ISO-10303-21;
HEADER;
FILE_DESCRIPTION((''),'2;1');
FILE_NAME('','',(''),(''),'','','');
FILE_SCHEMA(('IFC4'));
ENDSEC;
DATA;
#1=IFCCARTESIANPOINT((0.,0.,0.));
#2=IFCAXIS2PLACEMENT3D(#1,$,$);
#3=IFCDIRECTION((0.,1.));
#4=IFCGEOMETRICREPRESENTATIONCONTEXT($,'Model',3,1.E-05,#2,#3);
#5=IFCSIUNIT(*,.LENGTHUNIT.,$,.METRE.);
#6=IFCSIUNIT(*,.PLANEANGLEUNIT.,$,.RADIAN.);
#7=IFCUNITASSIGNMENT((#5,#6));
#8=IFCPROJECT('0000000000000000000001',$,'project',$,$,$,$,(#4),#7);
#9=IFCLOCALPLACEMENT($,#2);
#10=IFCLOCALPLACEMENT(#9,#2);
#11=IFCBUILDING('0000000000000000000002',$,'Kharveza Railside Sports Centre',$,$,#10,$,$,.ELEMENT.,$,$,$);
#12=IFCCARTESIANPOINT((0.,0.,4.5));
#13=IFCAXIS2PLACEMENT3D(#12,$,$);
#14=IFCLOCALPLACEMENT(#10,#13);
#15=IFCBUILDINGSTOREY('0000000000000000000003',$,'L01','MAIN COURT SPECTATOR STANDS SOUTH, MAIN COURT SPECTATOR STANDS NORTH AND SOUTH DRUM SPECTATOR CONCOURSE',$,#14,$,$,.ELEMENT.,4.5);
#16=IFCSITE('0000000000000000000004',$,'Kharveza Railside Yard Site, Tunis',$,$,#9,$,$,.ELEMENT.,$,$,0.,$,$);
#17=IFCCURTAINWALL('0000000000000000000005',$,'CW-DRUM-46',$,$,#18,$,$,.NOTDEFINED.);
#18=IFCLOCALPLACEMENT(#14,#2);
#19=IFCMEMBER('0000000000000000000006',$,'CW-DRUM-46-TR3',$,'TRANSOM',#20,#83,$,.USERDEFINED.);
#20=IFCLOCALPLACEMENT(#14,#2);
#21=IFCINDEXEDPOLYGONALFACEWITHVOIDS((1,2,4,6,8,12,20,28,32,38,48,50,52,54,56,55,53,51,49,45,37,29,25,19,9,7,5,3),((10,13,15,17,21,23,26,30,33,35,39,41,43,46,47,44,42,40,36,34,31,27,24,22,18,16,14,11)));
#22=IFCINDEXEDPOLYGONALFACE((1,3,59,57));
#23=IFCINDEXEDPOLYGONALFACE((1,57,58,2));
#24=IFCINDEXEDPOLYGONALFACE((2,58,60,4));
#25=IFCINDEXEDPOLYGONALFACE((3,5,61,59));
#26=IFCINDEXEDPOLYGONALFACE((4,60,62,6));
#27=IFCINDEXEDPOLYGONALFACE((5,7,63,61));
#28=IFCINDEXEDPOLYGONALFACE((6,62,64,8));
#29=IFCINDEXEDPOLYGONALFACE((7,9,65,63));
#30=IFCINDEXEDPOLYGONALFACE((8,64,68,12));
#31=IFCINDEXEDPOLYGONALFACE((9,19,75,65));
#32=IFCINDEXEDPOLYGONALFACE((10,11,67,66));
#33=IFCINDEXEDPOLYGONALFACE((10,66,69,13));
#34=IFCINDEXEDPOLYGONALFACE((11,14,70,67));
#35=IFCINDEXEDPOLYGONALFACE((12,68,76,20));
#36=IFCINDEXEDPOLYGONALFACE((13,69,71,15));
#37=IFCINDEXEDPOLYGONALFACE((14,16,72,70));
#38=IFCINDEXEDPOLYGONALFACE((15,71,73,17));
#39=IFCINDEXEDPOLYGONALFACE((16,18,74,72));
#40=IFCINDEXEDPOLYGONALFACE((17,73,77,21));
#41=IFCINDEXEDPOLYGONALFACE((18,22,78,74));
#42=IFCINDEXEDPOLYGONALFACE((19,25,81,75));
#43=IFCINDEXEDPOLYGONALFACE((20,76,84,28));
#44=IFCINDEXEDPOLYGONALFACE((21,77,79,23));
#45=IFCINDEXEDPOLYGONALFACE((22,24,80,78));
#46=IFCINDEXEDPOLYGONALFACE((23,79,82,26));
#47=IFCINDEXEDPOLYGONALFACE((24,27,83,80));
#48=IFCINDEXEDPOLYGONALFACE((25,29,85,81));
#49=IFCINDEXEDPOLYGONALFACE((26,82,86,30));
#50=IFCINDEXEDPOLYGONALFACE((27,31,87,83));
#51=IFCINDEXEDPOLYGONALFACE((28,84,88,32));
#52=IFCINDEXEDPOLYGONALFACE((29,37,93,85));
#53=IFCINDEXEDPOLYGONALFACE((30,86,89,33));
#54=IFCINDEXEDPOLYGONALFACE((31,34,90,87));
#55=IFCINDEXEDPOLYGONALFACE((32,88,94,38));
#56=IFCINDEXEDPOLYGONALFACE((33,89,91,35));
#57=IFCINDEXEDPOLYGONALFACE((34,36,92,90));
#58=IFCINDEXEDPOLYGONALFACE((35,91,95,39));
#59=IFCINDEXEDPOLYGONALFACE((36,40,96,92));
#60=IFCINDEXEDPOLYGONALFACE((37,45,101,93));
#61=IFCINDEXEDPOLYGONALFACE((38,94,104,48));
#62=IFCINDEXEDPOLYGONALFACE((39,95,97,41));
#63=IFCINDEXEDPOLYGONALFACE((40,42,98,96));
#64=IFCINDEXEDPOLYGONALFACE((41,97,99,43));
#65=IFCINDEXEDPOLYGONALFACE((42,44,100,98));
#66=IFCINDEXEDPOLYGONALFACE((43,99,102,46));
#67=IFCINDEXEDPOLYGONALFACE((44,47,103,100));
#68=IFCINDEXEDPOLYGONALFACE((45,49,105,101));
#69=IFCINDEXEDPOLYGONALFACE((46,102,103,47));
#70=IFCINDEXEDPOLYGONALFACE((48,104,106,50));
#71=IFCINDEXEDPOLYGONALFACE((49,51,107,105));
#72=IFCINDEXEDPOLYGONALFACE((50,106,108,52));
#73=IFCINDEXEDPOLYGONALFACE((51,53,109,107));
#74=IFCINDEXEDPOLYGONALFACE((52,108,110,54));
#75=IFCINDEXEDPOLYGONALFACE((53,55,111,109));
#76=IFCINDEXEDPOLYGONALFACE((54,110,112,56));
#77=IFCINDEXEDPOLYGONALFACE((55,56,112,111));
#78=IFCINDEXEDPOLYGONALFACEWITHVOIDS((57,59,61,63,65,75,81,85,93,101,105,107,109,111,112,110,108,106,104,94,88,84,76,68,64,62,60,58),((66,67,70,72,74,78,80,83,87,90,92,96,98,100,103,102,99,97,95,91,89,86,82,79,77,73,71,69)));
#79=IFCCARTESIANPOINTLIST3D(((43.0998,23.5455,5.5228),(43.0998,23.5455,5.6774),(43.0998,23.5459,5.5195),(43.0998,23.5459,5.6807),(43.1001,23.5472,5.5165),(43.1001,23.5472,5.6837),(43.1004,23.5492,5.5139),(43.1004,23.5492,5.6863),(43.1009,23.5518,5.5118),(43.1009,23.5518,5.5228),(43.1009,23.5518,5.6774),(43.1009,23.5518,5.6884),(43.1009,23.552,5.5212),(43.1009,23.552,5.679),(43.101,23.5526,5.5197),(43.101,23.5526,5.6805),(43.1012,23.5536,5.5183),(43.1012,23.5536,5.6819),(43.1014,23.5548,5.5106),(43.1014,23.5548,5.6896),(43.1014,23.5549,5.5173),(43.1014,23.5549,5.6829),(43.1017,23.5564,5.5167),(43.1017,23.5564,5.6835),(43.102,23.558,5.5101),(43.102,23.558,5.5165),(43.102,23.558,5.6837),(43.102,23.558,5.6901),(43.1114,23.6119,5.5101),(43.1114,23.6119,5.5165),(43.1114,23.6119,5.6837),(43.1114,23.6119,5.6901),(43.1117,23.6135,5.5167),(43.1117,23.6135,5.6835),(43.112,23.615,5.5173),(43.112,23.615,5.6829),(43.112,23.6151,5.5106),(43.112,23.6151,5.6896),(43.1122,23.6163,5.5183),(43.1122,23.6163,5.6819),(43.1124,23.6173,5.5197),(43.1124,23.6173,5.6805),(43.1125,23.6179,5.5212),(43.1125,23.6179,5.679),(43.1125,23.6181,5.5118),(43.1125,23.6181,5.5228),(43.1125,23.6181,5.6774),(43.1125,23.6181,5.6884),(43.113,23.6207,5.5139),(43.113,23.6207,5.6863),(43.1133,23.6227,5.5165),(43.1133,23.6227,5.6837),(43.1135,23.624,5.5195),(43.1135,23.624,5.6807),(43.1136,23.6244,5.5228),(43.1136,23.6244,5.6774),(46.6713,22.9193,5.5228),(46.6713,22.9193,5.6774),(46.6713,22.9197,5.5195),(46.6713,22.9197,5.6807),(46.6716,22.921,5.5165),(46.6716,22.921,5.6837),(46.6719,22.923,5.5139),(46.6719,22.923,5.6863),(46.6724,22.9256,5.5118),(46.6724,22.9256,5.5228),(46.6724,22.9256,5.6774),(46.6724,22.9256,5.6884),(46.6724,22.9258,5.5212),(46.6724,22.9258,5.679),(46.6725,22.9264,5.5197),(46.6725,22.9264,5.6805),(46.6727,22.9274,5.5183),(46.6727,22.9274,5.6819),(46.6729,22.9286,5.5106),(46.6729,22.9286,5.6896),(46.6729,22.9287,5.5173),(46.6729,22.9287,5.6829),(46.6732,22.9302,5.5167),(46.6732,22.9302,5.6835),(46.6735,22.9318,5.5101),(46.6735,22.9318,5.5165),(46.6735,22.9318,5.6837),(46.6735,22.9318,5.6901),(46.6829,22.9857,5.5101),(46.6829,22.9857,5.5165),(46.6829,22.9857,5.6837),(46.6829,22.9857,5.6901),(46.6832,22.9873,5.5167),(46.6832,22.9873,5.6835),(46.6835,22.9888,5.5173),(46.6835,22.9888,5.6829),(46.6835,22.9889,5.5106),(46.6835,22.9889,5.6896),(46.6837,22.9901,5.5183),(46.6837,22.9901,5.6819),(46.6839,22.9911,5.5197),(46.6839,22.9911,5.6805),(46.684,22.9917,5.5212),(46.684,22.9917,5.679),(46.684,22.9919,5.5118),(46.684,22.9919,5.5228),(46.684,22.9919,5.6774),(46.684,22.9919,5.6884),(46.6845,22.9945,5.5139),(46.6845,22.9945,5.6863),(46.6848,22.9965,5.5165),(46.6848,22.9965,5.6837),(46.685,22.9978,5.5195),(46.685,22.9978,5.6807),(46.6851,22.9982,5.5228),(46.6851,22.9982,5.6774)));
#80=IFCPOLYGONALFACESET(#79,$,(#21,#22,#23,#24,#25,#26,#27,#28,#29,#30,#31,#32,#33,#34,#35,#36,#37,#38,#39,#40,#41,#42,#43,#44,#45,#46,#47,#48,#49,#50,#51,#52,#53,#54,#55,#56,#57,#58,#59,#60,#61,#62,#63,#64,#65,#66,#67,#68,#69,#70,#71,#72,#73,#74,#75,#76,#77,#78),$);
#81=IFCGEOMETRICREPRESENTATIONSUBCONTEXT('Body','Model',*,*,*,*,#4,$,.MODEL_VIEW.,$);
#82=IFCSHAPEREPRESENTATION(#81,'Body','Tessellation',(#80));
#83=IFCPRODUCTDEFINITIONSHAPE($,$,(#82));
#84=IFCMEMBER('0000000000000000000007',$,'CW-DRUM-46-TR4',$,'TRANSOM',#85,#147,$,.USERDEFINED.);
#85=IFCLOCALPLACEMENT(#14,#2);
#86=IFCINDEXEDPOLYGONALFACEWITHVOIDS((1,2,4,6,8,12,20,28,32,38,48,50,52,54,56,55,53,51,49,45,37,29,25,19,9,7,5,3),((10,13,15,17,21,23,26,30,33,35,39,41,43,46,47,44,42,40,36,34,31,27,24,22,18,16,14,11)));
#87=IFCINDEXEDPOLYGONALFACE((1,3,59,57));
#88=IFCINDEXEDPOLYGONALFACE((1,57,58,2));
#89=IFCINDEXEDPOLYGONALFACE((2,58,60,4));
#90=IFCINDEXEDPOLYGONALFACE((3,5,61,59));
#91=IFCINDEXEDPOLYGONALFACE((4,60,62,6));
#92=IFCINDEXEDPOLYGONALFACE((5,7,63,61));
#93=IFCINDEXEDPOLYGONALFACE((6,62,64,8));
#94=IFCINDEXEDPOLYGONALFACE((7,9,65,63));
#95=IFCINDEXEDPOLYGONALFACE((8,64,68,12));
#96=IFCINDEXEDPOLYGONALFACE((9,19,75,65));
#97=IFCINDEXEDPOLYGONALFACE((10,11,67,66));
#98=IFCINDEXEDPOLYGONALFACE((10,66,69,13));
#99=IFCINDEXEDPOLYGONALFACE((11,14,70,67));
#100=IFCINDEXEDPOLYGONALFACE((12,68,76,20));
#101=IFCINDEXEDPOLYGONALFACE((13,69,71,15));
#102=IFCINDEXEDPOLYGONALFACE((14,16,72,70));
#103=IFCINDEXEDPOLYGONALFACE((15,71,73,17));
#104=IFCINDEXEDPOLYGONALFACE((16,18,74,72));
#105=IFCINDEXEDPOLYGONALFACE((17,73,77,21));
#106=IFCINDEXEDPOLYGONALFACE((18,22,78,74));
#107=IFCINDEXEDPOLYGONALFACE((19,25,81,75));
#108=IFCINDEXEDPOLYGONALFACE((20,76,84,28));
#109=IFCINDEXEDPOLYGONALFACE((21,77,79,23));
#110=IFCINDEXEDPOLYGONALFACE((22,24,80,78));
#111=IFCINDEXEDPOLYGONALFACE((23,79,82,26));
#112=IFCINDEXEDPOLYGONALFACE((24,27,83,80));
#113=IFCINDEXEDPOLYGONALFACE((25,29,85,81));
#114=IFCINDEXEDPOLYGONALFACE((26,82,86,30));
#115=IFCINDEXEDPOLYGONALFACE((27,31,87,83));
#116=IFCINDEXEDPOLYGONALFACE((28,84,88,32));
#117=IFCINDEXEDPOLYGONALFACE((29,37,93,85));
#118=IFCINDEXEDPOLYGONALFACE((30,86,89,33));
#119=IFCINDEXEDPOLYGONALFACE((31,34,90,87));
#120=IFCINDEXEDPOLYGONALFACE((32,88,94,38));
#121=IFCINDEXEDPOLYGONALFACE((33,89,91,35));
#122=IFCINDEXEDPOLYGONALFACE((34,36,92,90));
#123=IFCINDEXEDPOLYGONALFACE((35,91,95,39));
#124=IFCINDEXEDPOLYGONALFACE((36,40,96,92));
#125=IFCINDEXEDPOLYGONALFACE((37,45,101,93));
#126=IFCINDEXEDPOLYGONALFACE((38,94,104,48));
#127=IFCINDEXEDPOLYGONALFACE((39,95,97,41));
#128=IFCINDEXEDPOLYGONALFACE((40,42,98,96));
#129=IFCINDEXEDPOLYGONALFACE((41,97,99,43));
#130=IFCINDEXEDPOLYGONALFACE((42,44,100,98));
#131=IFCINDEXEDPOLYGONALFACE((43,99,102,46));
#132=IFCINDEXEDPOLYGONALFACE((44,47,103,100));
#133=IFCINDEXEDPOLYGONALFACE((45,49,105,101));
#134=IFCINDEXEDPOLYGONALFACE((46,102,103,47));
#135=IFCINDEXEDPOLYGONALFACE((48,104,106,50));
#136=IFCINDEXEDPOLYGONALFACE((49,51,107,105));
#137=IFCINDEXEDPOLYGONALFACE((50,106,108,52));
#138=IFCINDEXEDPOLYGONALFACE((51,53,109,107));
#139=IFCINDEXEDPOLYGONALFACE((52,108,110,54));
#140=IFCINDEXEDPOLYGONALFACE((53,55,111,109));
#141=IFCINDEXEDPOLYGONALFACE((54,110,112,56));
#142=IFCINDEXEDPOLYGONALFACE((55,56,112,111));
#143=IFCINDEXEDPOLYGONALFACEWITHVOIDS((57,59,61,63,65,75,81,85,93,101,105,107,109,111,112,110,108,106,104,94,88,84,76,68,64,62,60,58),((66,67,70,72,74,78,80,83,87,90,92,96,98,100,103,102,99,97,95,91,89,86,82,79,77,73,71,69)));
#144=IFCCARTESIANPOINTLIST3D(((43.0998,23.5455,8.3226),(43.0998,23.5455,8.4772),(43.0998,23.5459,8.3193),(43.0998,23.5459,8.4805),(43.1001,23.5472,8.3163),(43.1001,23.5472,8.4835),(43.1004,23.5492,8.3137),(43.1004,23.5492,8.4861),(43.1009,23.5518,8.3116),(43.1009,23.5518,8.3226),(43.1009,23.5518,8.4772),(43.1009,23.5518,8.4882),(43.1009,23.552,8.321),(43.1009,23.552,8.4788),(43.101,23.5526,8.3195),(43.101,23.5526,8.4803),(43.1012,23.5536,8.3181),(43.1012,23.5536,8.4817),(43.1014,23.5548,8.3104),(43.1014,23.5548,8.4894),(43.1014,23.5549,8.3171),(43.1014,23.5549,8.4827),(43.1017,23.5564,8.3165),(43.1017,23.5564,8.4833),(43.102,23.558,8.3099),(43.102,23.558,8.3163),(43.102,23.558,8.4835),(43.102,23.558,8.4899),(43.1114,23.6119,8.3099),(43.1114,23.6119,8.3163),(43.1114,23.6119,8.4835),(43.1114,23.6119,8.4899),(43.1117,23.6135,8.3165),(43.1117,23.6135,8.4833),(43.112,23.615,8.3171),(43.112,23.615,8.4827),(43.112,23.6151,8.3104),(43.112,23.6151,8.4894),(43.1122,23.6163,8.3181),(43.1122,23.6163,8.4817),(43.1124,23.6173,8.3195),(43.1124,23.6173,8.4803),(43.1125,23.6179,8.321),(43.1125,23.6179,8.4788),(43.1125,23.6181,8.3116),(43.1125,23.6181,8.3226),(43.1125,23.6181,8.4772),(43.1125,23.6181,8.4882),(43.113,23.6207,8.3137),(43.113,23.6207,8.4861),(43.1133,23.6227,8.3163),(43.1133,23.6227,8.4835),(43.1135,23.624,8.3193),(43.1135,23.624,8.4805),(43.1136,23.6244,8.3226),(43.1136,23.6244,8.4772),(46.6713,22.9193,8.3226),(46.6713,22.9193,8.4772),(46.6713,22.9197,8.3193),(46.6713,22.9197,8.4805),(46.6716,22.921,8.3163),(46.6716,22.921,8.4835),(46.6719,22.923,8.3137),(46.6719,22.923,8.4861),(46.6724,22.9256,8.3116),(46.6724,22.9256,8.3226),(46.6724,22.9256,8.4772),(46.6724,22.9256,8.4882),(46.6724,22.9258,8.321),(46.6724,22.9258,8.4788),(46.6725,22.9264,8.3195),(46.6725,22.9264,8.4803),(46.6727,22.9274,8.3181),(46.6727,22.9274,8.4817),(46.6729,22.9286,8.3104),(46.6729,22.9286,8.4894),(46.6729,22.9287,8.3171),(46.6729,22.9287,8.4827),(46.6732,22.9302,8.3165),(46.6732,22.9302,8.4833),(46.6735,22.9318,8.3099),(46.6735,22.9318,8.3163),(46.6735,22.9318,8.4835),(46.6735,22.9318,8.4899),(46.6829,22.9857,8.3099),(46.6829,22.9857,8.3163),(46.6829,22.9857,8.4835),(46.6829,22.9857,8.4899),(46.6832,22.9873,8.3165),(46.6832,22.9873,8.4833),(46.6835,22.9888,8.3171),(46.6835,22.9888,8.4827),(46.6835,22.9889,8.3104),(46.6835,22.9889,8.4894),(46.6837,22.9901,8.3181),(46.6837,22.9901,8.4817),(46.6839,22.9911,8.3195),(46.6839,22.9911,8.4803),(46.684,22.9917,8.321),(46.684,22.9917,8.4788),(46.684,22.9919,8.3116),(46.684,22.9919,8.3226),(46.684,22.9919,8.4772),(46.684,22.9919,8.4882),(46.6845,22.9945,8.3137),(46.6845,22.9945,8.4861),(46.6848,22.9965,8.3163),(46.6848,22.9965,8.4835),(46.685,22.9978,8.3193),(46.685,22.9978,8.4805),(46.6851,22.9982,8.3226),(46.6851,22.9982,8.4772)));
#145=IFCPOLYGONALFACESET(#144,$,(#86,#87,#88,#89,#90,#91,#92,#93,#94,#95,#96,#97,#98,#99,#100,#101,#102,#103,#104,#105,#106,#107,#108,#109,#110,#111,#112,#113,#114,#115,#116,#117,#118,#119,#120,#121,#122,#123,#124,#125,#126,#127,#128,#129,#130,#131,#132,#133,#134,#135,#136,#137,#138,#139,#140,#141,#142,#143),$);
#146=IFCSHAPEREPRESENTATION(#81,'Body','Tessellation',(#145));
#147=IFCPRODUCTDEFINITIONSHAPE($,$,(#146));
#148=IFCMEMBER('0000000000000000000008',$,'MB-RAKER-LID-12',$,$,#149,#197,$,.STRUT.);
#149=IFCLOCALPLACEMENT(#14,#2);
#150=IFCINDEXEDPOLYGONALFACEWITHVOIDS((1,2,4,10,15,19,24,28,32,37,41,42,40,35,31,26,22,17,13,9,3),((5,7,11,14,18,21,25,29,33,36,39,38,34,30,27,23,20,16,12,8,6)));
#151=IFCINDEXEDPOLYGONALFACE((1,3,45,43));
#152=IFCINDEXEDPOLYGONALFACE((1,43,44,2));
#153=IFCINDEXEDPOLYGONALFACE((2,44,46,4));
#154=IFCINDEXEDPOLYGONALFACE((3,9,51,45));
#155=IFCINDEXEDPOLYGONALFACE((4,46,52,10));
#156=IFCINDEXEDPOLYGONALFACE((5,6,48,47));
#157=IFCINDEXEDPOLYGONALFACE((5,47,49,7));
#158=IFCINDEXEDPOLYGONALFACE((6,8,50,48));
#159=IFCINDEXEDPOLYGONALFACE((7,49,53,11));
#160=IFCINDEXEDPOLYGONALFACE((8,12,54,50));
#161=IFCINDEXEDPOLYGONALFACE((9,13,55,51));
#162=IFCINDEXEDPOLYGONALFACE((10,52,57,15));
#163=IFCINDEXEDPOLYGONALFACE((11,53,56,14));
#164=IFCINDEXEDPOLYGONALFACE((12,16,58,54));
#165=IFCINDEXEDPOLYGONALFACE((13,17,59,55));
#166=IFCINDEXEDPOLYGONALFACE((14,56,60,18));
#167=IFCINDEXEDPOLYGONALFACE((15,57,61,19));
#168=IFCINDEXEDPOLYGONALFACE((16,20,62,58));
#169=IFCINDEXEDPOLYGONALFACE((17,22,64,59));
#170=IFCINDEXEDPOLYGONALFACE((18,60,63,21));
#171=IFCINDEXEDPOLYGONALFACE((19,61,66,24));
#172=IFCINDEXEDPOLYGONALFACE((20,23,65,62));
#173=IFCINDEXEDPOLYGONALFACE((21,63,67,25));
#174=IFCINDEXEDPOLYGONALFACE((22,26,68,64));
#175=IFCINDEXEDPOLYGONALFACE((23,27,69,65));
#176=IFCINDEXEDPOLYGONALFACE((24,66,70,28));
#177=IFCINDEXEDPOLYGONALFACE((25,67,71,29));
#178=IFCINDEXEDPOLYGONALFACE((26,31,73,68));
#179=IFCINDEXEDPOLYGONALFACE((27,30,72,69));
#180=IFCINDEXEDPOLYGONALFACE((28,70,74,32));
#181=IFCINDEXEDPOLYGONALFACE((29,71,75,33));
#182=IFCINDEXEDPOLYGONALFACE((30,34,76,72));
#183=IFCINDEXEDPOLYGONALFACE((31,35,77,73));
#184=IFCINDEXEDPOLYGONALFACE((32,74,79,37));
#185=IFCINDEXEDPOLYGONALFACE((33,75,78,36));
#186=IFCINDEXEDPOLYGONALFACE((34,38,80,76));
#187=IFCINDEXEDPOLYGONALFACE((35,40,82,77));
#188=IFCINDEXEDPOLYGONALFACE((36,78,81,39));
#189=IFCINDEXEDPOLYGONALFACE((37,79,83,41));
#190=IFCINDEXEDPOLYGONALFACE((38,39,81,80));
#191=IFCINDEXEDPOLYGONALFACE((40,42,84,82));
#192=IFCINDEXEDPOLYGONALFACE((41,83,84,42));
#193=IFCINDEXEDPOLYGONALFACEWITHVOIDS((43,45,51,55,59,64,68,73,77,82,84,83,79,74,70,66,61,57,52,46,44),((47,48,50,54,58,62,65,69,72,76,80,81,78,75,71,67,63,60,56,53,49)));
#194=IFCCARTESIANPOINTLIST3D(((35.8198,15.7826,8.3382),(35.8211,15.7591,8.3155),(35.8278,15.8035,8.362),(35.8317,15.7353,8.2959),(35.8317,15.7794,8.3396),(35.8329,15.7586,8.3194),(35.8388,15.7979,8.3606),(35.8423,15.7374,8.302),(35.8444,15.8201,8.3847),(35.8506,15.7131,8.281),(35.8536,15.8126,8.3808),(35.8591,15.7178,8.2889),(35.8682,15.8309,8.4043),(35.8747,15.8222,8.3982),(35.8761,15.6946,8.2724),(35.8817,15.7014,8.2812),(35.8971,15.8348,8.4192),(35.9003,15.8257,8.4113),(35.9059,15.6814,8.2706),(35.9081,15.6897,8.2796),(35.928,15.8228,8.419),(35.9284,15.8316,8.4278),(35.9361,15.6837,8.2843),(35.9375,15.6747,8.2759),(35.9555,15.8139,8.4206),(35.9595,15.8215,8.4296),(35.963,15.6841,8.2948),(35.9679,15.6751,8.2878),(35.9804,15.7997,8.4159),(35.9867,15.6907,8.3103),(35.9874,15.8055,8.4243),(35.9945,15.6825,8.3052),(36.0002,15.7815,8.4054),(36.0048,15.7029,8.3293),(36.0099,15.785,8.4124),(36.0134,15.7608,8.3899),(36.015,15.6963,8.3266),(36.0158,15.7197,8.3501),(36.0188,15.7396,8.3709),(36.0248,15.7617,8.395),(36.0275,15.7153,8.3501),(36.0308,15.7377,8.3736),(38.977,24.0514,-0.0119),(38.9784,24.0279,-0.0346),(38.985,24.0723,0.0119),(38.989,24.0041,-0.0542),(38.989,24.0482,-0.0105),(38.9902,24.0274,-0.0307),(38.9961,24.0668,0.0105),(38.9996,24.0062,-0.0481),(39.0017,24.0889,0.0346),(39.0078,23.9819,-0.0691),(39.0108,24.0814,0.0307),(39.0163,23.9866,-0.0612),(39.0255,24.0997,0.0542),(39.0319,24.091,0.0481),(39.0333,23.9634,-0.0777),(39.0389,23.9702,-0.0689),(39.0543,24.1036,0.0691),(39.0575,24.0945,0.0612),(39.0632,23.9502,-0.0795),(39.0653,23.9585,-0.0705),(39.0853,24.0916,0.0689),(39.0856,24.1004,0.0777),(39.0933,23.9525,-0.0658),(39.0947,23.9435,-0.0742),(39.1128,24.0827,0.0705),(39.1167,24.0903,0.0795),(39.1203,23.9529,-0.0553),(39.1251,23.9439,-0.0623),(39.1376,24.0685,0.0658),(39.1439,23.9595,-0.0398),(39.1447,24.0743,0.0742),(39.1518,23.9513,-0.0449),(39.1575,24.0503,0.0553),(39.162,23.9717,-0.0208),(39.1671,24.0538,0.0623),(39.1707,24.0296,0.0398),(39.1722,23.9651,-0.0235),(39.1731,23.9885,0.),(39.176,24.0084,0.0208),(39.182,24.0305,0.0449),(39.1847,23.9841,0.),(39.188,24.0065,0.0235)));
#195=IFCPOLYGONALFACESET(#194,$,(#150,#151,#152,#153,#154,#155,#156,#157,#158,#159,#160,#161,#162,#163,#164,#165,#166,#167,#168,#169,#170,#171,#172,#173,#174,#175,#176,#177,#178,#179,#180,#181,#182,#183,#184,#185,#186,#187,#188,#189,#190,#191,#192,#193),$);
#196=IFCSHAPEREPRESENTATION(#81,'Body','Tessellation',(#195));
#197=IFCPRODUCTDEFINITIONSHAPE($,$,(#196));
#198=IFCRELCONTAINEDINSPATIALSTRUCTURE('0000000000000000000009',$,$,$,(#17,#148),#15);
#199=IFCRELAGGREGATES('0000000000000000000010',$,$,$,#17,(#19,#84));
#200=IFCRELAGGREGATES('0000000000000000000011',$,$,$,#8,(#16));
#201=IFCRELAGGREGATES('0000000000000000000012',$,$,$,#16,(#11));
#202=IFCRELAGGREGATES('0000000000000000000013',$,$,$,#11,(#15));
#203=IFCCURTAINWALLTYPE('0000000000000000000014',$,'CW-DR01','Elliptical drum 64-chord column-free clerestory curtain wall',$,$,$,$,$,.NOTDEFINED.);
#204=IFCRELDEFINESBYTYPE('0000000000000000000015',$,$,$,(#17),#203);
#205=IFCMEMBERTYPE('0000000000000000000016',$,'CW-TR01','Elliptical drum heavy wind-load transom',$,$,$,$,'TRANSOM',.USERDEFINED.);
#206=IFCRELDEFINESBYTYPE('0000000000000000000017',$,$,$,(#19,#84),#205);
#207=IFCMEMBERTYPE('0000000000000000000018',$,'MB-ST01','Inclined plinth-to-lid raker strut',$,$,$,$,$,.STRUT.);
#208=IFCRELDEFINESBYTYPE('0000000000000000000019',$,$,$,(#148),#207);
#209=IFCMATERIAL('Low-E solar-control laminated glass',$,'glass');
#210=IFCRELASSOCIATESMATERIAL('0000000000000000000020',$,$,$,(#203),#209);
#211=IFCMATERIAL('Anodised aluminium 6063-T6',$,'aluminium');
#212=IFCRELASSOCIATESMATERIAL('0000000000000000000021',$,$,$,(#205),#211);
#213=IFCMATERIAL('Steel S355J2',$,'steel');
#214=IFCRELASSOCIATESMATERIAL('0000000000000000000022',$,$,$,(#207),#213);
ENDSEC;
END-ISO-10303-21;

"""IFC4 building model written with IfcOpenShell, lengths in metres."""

from ifc_helpers import new_model, si_unit, direction, frame, origin, origin_2d, place, context, subcontext, project, spatial, hollow_rectangle, hollow_circle, extrude, material, material_profile, profile_set, type_object, element, aggregate, save


model = new_model("IFC4")

# Units and contexts
model_context = context("Model", 3, precision=1e-05, world=origin(), true_north=direction((0.0, 1.0)))
body_context = subcontext(model_context, "Body", "Model", "MODEL_VIEW")
ifc_project = project(units=[si_unit("LENGTHUNIT", "METRE"), si_unit("PLANEANGLEUNIT", "RADIAN")], contexts=[model_context])

# Site, building, storey
site_placement = place(None, origin())
site = spatial("IfcSite", under=ifc_project, at=site_placement, Name="Kharveza Railside Yard Site, Tunis", CompositionType="ELEMENT", RefElevation=0.0)
building_placement = place(site_placement, origin())
building = spatial("IfcBuilding", under=site, at=building_placement, Name="Kharveza Railside Sports Centre", CompositionType="ELEMENT")
storey_placement = place(building_placement, frame((0.0, 0.0, 4.5)))
storey = spatial("IfcBuildingStorey", under=building, at=storey_placement, Name="L01", Description="MAIN COURT SPECTATOR STANDS SOUTH, MAIN COURT SPECTATOR STANDS NORTH AND SOUTH DRUM SPECTATOR CONCOURSE", CompositionType="ELEMENT", Elevation=4.5)

# Shared definitions
ifc_material_1 = material(Name="Steel S355J2", Category="steel")

# Shared definitions
ifc_material_2 = material(Name="Low-E solar-control laminated glass", Category="glass")
curtain_wall_type = type_object("IfcCurtainWallType", Name="CW-DR01", Description="Elliptical drum 64-chord column-free clerestory curtain wall", PredefinedType="NOTDEFINED", material=ifc_material_2)
ifc_material_3 = material(Name="Anodised aluminium 6063-T6", Category="aluminium")

# Curtain wall
curtain_wall_1_placement = place(storey_placement, origin())
curtain_wall_1 = element("IfcCurtainWall", 1, at=curtain_wall_1_placement, inside=storey, type_object=curtain_wall_type, Name="CW-DRUM-46", PredefinedType="NOTDEFINED")

# Members
ifc_material_profile_1 = material_profile(ifc_material_3, hollow_rectangle(XDim=0.0801, YDim=0.1799, WallThickness=0.0063, InnerFilletRadius=0.0063, OuterFilletRadius=0.0127, at=origin_2d()), Name="RHS 80x180x6.3")
ifc_profile_set_1 = profile_set([ifc_material_profile_1], Name="Anodised aluminium 6063-T6")
member_type_1 = type_object("IfcMemberType", Name="CW-TR01", Description="Elliptical drum heavy wind-load transom", ElementType="TRANSOM", PredefinedType="USERDEFINED", material=ifc_profile_set_1)
member_1_placement = place(storey_placement, frame((43.1067, 23.585, 5.6001), z_axis=(0.984974, -0.172702, 0.0), x_axis=(0.172702, 0.984974, 0.0)))
member_1 = element("IfcMember", 2, at=member_1_placement, type_object=member_type_1, Name="CW-DRUM-46-TR3", ObjectType="TRANSOM", PredefinedType="USERDEFINED", context=body_context, shape_type="SweptSolid", body=[
    extrude(hollow_rectangle(XDim=0.0801, YDim=0.1799, WallThickness=0.0063, InnerFilletRadius=0.0063, OuterFilletRadius=0.0127, at=origin_2d()), origin(), (0.0, 0.0, 1.0), 3.626),
])
member_2_placement = place(storey_placement, frame((43.1067, 23.585, 8.3999), z_axis=(0.984974, -0.172702, 0.0), x_axis=(0.172702, 0.984974, 0.0)))
member_2 = element("IfcMember", 3, at=member_2_placement, type_object=member_type_1, Name="CW-DRUM-46-TR4", ObjectType="TRANSOM", PredefinedType="USERDEFINED", context=body_context, shape_type="SweptSolid", body=[
    extrude(hollow_rectangle(XDim=0.0801, YDim=0.1799, WallThickness=0.0063, InnerFilletRadius=0.0063, OuterFilletRadius=0.0127, at=origin_2d()), origin(), (0.0, 0.0, 1.0), 3.626),
])
ifc_material_profile_2 = material_profile(ifc_material_1, hollow_circle(Radius=0.1096, WallThickness=0.0125, at=origin_2d()), Name="CHS 219.1x12.5")
ifc_profile_set_2 = profile_set([ifc_material_profile_2], Name="Steel S355J2")
member_type_2 = type_object("IfcMemberType", Name="MB-ST01", Description="Inclined plinth-to-lid raker strut", PredefinedType="STRUT", material=ifc_profile_set_2)
member_3_placement = place(storey_placement, frame((39.0823, 24.0232, 0.0), z_axis=(-0.259465, -0.679541, 0.686223), x_axis=(0.934217, -0.356706, 0.0)))
element("IfcMember", 4, at=member_3_placement, inside=storey, type_object=member_type_2, Name="MB-RAKER-LID-12", PredefinedType="STRUT", context=body_context, shape_type="SweptSolid", body=[
    extrude(hollow_circle(Radius=0.1096, WallThickness=0.0125, at=origin_2d()), origin(), (0.0, 0.0, 1.0), 12.1682),
])

aggregate(curtain_wall_1, [member_1, member_2])

save(model, "model.ifc")
